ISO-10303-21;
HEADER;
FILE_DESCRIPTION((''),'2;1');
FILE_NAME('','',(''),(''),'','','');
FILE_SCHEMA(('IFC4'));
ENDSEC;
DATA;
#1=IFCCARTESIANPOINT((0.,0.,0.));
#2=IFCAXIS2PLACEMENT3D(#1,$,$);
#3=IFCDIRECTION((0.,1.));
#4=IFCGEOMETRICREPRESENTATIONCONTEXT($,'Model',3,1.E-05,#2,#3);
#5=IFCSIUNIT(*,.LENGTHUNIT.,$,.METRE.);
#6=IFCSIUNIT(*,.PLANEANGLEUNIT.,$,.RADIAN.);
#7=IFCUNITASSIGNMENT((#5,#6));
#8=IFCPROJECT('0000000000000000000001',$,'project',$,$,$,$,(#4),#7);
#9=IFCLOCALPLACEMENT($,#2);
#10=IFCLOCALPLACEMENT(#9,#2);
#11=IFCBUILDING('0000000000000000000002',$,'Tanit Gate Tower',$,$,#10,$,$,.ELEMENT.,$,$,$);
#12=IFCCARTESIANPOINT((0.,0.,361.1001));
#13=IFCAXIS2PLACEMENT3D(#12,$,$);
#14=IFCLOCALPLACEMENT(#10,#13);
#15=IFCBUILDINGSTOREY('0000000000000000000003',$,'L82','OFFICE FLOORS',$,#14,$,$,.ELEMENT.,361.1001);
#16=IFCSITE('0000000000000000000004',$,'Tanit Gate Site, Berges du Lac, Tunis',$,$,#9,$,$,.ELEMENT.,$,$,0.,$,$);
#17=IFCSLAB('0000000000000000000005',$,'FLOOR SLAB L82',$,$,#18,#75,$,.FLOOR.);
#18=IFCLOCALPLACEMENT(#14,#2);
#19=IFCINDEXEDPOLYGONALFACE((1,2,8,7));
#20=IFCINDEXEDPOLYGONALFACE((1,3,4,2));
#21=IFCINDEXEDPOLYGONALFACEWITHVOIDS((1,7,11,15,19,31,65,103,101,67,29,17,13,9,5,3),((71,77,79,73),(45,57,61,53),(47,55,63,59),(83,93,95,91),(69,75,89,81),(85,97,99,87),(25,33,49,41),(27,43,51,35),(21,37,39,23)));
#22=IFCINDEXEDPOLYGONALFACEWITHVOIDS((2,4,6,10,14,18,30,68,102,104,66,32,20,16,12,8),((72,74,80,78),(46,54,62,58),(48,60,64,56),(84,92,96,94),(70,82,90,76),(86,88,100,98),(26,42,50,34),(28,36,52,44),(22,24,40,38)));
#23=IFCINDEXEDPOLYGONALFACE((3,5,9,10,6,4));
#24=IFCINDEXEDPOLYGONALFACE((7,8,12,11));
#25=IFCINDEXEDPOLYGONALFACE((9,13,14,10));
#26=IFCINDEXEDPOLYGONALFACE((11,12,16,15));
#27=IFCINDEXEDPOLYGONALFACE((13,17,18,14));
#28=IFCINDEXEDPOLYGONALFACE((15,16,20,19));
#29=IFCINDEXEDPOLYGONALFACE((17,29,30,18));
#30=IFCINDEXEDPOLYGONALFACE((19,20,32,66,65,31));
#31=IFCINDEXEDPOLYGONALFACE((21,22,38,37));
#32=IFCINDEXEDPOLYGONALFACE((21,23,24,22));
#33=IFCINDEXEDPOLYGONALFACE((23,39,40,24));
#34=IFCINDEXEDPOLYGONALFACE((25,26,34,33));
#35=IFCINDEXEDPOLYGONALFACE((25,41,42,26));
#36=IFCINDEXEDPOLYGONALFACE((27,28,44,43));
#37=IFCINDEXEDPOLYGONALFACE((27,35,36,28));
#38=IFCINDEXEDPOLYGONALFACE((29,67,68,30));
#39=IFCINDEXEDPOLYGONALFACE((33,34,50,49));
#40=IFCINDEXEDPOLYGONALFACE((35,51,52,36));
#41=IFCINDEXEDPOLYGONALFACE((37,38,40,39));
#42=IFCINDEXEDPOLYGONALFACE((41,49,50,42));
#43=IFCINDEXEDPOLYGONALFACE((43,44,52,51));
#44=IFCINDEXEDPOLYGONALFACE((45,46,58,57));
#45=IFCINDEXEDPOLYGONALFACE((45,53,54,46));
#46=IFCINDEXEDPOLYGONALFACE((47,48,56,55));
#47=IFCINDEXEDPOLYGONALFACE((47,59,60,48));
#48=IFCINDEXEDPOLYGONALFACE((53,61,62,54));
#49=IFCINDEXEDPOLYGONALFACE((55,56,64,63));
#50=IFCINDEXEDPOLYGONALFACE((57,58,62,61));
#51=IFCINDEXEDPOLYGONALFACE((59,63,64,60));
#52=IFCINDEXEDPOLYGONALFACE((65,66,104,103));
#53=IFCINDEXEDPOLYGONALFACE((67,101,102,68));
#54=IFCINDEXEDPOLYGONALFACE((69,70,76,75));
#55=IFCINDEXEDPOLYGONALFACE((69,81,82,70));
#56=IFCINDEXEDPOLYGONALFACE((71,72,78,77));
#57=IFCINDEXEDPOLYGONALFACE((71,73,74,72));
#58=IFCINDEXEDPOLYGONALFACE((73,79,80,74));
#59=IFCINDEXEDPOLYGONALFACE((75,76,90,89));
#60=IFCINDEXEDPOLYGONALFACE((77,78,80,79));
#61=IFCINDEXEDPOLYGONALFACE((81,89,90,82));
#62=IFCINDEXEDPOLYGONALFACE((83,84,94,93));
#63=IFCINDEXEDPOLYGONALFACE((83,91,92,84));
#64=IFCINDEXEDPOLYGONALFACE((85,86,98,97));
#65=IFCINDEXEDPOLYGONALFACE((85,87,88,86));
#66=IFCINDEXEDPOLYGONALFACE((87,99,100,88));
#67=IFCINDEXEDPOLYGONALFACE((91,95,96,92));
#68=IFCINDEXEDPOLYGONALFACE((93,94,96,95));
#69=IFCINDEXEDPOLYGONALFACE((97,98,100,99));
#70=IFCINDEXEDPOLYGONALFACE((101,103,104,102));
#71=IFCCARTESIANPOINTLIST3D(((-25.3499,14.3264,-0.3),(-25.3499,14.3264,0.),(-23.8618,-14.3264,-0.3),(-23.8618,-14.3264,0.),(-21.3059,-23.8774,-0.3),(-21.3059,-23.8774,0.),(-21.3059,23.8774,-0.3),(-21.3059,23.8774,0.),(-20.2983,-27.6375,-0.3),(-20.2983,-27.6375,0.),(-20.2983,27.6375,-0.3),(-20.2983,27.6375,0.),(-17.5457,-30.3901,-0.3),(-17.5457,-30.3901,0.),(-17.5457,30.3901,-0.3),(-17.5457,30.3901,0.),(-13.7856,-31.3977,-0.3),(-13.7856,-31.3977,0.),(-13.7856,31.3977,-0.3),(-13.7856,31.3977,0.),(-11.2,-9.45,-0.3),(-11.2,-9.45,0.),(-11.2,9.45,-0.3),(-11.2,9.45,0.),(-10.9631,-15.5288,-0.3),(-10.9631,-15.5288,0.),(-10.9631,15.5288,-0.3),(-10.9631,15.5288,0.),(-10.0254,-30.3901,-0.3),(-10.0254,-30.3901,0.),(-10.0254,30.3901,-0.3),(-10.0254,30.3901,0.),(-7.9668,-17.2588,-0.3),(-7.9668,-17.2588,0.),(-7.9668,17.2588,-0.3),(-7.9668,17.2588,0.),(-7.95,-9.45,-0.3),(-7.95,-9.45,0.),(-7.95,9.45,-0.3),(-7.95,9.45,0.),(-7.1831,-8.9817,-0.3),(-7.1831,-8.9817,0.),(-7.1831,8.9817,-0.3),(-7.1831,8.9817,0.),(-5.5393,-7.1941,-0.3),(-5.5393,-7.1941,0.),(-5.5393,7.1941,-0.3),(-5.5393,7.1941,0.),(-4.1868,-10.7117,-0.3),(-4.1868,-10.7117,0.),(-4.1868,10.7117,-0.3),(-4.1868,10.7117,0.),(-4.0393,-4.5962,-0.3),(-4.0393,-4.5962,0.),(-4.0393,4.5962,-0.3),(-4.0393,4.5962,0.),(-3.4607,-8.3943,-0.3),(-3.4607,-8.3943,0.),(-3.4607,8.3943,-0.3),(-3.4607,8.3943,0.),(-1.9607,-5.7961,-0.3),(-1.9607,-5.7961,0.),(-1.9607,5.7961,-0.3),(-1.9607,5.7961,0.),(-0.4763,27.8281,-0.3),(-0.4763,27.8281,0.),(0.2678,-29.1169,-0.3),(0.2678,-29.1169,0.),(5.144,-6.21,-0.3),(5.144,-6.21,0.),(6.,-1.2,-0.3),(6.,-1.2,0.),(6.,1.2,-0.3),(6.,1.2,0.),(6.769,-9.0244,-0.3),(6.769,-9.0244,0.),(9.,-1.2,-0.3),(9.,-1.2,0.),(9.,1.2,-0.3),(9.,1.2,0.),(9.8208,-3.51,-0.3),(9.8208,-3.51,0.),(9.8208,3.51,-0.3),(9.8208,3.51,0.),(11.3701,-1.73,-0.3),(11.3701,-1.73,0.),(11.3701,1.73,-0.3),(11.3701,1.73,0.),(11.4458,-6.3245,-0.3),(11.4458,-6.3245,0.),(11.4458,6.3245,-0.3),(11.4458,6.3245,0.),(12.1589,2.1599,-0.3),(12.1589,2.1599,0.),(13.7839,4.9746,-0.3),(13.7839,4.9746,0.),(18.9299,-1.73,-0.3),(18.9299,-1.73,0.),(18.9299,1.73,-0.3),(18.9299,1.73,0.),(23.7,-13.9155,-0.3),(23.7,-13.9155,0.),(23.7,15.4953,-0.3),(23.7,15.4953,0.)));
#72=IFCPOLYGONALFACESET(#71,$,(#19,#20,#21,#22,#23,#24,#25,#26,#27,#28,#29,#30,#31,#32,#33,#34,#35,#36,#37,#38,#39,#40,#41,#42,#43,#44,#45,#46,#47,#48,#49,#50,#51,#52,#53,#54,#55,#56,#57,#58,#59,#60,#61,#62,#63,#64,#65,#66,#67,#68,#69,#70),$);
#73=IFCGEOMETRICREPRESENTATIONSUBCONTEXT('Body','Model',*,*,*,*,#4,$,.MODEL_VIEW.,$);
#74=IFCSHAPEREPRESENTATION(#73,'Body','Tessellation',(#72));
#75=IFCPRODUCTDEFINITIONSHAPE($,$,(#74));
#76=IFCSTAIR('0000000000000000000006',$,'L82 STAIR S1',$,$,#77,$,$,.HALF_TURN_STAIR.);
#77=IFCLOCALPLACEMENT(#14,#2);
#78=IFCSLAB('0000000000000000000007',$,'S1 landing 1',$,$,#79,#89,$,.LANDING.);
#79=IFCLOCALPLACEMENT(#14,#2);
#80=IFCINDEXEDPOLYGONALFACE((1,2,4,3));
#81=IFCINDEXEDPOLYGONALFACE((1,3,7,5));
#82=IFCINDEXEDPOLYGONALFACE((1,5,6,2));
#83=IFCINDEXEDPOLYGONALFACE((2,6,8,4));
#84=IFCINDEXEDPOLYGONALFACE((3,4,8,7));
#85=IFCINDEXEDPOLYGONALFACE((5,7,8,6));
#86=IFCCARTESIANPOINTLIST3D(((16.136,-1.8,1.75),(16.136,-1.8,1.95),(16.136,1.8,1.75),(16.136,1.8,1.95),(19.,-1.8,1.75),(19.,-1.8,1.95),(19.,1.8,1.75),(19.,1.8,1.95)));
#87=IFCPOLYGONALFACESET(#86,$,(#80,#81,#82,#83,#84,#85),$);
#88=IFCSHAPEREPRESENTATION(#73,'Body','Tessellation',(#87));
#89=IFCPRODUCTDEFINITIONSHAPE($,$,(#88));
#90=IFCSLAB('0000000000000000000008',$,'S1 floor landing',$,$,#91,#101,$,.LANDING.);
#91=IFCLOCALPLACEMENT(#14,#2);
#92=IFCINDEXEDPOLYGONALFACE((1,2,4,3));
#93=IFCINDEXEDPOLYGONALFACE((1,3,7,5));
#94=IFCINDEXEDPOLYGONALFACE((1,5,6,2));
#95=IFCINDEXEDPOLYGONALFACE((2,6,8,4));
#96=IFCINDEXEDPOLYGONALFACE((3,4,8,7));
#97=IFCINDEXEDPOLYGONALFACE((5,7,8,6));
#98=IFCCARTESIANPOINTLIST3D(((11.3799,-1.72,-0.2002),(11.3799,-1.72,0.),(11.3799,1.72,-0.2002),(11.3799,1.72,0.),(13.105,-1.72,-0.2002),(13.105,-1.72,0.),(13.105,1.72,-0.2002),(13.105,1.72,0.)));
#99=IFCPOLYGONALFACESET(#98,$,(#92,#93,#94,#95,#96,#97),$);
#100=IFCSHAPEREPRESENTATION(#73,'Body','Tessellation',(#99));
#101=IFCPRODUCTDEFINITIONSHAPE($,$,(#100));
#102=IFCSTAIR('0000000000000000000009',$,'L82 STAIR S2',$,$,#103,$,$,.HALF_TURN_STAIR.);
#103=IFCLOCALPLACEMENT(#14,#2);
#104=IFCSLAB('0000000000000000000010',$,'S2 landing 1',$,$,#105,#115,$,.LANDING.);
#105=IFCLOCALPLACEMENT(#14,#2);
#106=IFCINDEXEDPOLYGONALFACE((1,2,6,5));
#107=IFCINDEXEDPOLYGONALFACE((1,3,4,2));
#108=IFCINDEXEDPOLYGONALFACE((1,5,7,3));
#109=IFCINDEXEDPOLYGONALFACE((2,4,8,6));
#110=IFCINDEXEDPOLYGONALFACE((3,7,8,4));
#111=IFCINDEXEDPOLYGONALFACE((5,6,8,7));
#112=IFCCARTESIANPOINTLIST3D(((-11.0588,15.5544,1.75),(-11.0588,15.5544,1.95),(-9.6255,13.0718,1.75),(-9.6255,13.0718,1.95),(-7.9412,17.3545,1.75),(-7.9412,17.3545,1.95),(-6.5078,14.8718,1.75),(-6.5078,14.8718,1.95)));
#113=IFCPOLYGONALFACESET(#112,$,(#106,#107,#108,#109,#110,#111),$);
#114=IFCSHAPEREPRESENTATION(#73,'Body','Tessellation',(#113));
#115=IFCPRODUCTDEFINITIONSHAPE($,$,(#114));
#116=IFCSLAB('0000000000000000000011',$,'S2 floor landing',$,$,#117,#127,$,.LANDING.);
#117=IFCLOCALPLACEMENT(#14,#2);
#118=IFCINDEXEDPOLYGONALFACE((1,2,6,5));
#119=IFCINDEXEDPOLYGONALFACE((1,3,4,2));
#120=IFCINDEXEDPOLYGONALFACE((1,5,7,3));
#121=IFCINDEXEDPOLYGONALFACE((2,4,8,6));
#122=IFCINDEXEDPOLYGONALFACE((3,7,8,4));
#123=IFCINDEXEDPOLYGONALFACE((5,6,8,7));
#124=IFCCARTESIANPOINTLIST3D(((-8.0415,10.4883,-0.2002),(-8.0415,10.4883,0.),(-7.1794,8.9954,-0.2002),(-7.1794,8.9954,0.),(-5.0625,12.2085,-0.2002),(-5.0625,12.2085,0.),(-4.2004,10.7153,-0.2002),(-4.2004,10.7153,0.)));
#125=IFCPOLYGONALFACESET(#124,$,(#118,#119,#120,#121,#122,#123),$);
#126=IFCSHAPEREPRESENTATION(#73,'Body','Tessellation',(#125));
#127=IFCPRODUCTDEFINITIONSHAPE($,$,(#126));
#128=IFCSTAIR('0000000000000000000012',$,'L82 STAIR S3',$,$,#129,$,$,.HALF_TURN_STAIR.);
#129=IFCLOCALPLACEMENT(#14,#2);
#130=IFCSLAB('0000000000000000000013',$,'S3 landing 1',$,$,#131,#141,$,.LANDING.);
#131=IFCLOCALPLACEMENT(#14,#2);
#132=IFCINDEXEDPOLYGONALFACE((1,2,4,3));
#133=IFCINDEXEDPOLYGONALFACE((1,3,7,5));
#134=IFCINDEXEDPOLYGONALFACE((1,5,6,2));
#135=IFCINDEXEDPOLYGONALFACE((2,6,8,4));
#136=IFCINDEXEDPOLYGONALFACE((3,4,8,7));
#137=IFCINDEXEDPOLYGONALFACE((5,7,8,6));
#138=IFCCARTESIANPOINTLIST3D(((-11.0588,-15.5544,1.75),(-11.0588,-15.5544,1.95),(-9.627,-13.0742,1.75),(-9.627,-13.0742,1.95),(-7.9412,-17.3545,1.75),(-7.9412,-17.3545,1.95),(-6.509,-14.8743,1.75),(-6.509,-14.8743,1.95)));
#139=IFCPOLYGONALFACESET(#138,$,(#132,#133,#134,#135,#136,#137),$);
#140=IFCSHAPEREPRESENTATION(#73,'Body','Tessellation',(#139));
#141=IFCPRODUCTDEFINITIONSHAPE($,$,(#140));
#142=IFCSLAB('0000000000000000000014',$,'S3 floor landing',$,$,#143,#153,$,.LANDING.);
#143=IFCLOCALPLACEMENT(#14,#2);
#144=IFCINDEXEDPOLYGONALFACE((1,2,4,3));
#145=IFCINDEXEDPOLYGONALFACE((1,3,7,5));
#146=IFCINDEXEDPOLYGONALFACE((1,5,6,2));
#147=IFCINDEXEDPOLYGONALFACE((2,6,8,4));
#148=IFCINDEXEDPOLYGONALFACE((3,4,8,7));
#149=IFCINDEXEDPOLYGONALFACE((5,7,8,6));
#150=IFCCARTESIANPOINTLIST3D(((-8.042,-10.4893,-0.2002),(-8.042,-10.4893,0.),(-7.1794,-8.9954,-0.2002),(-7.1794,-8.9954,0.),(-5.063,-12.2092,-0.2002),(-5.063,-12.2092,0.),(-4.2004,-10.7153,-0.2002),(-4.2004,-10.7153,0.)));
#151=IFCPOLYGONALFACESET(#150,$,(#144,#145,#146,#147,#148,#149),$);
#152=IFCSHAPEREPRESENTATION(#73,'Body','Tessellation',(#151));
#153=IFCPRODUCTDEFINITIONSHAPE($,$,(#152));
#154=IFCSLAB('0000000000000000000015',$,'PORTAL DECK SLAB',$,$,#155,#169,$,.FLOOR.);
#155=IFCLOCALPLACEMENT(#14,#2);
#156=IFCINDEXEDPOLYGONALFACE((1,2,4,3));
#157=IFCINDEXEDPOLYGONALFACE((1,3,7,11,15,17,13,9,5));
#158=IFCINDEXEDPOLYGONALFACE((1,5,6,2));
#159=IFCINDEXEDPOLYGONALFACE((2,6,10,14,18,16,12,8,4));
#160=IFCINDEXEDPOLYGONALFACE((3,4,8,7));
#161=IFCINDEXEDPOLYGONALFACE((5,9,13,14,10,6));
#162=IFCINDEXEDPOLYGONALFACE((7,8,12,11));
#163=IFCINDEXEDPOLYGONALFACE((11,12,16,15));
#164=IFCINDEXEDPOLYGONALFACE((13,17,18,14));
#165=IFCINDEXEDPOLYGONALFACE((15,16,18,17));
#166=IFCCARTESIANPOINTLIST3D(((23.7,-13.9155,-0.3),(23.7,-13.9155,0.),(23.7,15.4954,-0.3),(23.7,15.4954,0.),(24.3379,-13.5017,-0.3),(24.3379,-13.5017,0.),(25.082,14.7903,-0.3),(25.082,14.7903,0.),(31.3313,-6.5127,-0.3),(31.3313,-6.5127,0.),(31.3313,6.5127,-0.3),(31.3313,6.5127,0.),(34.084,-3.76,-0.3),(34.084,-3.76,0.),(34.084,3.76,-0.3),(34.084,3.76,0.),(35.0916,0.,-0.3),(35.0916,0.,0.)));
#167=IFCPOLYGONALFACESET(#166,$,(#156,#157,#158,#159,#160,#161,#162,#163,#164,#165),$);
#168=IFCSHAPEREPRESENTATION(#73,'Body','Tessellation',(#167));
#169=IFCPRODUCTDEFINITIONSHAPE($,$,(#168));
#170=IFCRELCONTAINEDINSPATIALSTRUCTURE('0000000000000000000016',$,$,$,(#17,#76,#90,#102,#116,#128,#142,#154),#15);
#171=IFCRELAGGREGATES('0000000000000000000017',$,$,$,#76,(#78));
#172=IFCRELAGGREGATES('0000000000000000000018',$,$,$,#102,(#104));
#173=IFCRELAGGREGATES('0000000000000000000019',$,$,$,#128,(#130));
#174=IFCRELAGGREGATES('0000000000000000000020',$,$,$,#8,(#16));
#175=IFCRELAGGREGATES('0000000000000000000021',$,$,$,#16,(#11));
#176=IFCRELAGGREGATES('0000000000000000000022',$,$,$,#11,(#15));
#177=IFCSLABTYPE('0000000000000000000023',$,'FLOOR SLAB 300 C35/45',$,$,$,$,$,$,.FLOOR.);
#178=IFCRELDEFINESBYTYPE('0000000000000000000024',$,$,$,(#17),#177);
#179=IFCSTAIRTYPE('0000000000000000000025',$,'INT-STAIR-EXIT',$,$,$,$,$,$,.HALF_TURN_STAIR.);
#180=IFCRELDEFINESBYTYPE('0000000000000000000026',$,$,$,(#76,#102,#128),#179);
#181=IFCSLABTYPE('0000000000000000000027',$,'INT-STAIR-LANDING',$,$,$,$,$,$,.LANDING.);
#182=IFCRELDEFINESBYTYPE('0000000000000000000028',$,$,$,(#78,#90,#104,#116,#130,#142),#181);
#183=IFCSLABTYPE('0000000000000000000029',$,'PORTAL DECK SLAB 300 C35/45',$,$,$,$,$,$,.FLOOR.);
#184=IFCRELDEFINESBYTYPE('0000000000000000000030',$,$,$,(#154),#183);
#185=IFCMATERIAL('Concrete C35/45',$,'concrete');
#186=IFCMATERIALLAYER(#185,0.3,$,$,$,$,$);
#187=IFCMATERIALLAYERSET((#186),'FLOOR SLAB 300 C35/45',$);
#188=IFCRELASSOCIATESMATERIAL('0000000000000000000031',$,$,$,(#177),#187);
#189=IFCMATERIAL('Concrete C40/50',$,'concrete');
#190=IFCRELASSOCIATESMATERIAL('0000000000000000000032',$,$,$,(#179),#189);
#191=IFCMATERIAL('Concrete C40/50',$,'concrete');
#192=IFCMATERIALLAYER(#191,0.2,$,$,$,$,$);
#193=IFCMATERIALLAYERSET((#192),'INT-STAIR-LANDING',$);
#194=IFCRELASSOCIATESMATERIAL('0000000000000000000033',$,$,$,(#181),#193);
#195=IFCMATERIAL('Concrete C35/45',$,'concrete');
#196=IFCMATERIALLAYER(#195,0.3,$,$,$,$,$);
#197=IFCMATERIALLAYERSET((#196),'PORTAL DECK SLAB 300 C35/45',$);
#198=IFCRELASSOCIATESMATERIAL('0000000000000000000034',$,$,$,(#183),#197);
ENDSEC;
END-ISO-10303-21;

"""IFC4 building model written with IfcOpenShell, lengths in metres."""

from ifc_helpers import new_model, si_unit, direction, frame, origin, place, context, subcontext, project, spatial, polyline, outline, extrude, material, layer, layer_set, type_object, element, aggregate, save


model = new_model("IFC4")

# Units and contexts
model_context = context("Model", 3, precision=1e-05, world=origin(), true_north=direction((0.0, 1.0)))
body_context = subcontext(model_context, "Body", "Model", "MODEL_VIEW")
ifc_project = project(units=[si_unit("LENGTHUNIT", "METRE"), si_unit("PLANEANGLEUNIT", "RADIAN")], contexts=[model_context])

# Site, building, storey
site_placement = place(None, origin())
site = spatial("IfcSite", under=ifc_project, at=site_placement, Name="Tanit Gate Site, Berges du Lac, Tunis", CompositionType="ELEMENT", RefElevation=0.0)
building_placement = place(site_placement, origin())
building = spatial("IfcBuilding", under=site, at=building_placement, Name="Tanit Gate Tower", CompositionType="ELEMENT")
storey_placement = place(building_placement, frame((0.0, 0.0, 361.1001)))
storey = spatial("IfcBuildingStorey", under=building, at=storey_placement, Name="L82", Description="OFFICE FLOORS", CompositionType="ELEMENT", Elevation=361.1001)

# Slab
ifc_material_1 = material(Name="Concrete C35/45", Category="concrete")
ifc_layer_1 = layer(ifc_material_1, 0.3)
ifc_layer_set_1 = layer_set([ifc_layer_1], Name="FLOOR SLAB 300 C35/45")
slab_type_1 = type_object("IfcSlabType", Name="FLOOR SLAB 300 C35/45", PredefinedType="FLOOR", material=ifc_layer_set_1)
slab_1_placement = place(storey_placement, frame((0.0, 0.0, -0.3)))
element("IfcSlab", 1, at=slab_1_placement, inside=storey, type_object=slab_type_1, Name="FLOOR SLAB L82", PredefinedType="FLOOR", context=body_context, shape_type="SweptSolid", body=[
    extrude(outline(polyline([(0.2678, -29.1169), (-10.0254, -30.3901), (-13.7856, -31.3977), (-17.5457, -30.3901), (-20.2983, -27.6375), (-21.3059, -23.8774), (-23.8618, -14.3264), (-25.3499, 14.3264), (-21.3059, 23.8774), (-20.2983, 27.6375), (-17.5457, 30.3901), (-13.7856, 31.3977), (-10.0254, 30.3901), (-0.4763, 27.8281), (25.082, 14.7903), (23.7, 15.4954), (23.7, -13.9155), (0.2678, -29.1169)]), holes=[polyline([(11.3701, 1.73), (18.9299, 1.73), (18.9299, -1.73), (11.3701, -1.73), (11.3701, 1.73)]), polyline([(12.1589, 2.1599), (9.8208, 3.51), (11.4458, 6.3245), (13.7839, 4.9746), (12.1589, 2.1599)]), polyline([(11.4458, -6.3245), (6.769, -9.0244), (5.144, -6.21), (9.8208, -3.51), (11.4458, -6.3245)]), polyline([(6.0, 1.2), (9.0, 1.2), (9.0, -1.2), (6.0, -1.2), (6.0, 1.2)]), polyline([(-4.0393, 4.5962), (-5.5393, 7.1941), (-3.4607, 8.3943), (-1.9607, 5.7961), (-4.0393, 4.5962)]), polyline([(-1.9607, -5.7961), (-3.4607, -8.3943), (-5.5393, -7.1941), (-4.0393, -4.5962), (-1.9607, -5.7961)]), polyline([(-7.1831, 8.9817), (-10.9631, 15.5288), (-7.9668, 17.2588), (-4.1868, 10.7117), (-7.1831, 8.9817)]), polyline([(-4.1868, -10.7117), (-7.9668, -17.2588), (-10.9631, -15.5288), (-7.1831, -8.9817), (-4.1868, -10.7117)]), polyline([(-11.2, -9.45), (-11.2, 9.45), (-7.95, 9.45), (-7.95, -9.45), (-11.2, -9.45)])]), origin(), (0.0, 0.0, 1.0), 0.3),
])

# Stair, slab
ifc_material_2 = material(Name="Concrete C40/50", Category="concrete")
stair_type = type_object("IfcStairType", Name="INT-STAIR-EXIT", PredefinedType="HALF_TURN_STAIR", material=ifc_material_2)
stair_1_placement = place(storey_placement, origin())
stair_1 = element("IfcStair", 2, at=stair_1_placement, inside=storey, type_object=stair_type, Name="L82 STAIR S1", PredefinedType="HALF_TURN_STAIR")
ifc_material_3 = material(Name="Concrete C40/50", Category="concrete")
ifc_layer_2 = layer(ifc_material_3, 0.2)
ifc_layer_set_2 = layer_set([ifc_layer_2], Name="INT-STAIR-LANDING")
slab_type_2 = type_object("IfcSlabType", Name="INT-STAIR-LANDING", PredefinedType="LANDING", material=ifc_layer_set_2)
slab_2_placement = place(storey_placement, frame((0.0, 0.0, 1.75)))
slab_2 = element("IfcSlab", 3, at=slab_2_placement, type_object=slab_type_2, Name="S1 landing 1", PredefinedType="LANDING", context=body_context, shape_type="SweptSolid", body=[
    extrude(outline(polyline([(16.136, -1.8), (19.0, -1.8), (19.0, 1.8), (16.136, 1.8), (16.136, -1.8)])), origin(), (0.0, 0.0, 1.0), 0.2),
])
aggregate(stair_1, [slab_2])

# Slab
slab_3_placement = place(storey_placement, frame((0.0, 0.0, -0.2002)))
element("IfcSlab", 4, at=slab_3_placement, inside=storey, type_object=slab_type_2, Name="S1 floor landing", PredefinedType="LANDING", context=body_context, shape_type="SweptSolid", body=[
    extrude(outline(polyline([(11.3799, -1.72), (13.105, -1.72), (13.105, 1.72), (11.3799, 1.72), (11.3799, -1.72)])), origin(), (0.0, 0.0, 1.0), 0.2002),
])

# Stair, slab
stair_2_placement = place(storey_placement, origin())
stair_2 = element("IfcStair", 5, at=stair_2_placement, inside=storey, type_object=stair_type, Name="L82 STAIR S2", PredefinedType="HALF_TURN_STAIR")
slab_4_placement = place(storey_placement, frame((0.0, 0.0, 1.75)))
slab_4 = element("IfcSlab", 6, at=slab_4_placement, type_object=slab_type_2, Name="S2 landing 1", PredefinedType="LANDING", context=body_context, shape_type="SweptSolid", body=[
    extrude(outline(polyline([(-6.5078, 14.8718), (-7.9412, 17.3545), (-11.0588, 15.5544), (-9.6255, 13.0718), (-6.5078, 14.8718)])), origin(), (0.0, 0.0, 1.0), 0.2),
])
aggregate(stair_2, [slab_4])

# Slab
slab_5_placement = place(storey_placement, frame((0.0, 0.0, -0.2002)))
element("IfcSlab", 7, at=slab_5_placement, inside=storey, type_object=slab_type_2, Name="S2 floor landing", PredefinedType="LANDING", context=body_context, shape_type="SweptSolid", body=[
    extrude(outline(polyline([(-4.2004, 10.7153), (-5.0625, 12.2085), (-8.0415, 10.4883), (-7.1794, 8.9954), (-4.2004, 10.7153)])), origin(), (0.0, 0.0, 1.0), 0.2002),
])

# Stair, slab
stair_3_placement = place(storey_placement, origin())
stair_3 = element("IfcStair", 8, at=stair_3_placement, inside=storey, type_object=stair_type, Name="L82 STAIR S3", PredefinedType="HALF_TURN_STAIR")
slab_6_placement = place(storey_placement, frame((0.0, 0.0, 1.75)))
slab_6 = element("IfcSlab", 9, at=slab_6_placement, type_object=slab_type_2, Name="S3 landing 1", PredefinedType="LANDING", context=body_context, shape_type="SweptSolid", body=[
    extrude(outline(polyline([(-9.627, -13.0742), (-11.0588, -15.5544), (-7.9412, -17.3545), (-6.509, -14.8743), (-9.627, -13.0742)])), origin(), (0.0, 0.0, 1.0), 0.2),
])
aggregate(stair_3, [slab_6])

# Slabs
slab_7_placement = place(storey_placement, frame((0.0, 0.0, -0.2002)))
element("IfcSlab", 10, at=slab_7_placement, inside=storey, type_object=slab_type_2, Name="S3 floor landing", PredefinedType="LANDING", context=body_context, shape_type="SweptSolid", body=[
    extrude(outline(polyline([(-7.1794, -8.9954), (-8.042, -10.4893), (-5.063, -12.2092), (-4.2004, -10.7153), (-7.1794, -8.9954)])), origin(), (0.0, 0.0, 1.0), 0.2002),
])
ifc_material_4 = material(Name="Concrete C35/45", Category="concrete")
ifc_layer_3 = layer(ifc_material_4, 0.3)
ifc_layer_set_3 = layer_set([ifc_layer_3], Name="PORTAL DECK SLAB 300 C35/45")
slab_type_3 = type_object("IfcSlabType", Name="PORTAL DECK SLAB 300 C35/45", PredefinedType="FLOOR", material=ifc_layer_set_3)
slab_8_placement = place(storey_placement, frame((0.0, 0.0, -0.3)))
element("IfcSlab", 11, at=slab_8_placement, inside=storey, type_object=slab_type_3, Name="PORTAL DECK SLAB", PredefinedType="FLOOR", context=body_context, shape_type="SweptSolid", body=[
    extrude(outline(polyline([(31.3313, 6.5127), (34.084, 3.76), (35.0916, 0.0), (34.084, -3.76), (31.3313, -6.5127), (24.3379, -13.5017), (23.7, -13.9155), (23.7, 15.4954), (25.082, 14.7903), (31.3313, 6.5127)])), origin(), (0.0, 0.0, 1.0), 0.3),
])

save(model, "model.ifc")
